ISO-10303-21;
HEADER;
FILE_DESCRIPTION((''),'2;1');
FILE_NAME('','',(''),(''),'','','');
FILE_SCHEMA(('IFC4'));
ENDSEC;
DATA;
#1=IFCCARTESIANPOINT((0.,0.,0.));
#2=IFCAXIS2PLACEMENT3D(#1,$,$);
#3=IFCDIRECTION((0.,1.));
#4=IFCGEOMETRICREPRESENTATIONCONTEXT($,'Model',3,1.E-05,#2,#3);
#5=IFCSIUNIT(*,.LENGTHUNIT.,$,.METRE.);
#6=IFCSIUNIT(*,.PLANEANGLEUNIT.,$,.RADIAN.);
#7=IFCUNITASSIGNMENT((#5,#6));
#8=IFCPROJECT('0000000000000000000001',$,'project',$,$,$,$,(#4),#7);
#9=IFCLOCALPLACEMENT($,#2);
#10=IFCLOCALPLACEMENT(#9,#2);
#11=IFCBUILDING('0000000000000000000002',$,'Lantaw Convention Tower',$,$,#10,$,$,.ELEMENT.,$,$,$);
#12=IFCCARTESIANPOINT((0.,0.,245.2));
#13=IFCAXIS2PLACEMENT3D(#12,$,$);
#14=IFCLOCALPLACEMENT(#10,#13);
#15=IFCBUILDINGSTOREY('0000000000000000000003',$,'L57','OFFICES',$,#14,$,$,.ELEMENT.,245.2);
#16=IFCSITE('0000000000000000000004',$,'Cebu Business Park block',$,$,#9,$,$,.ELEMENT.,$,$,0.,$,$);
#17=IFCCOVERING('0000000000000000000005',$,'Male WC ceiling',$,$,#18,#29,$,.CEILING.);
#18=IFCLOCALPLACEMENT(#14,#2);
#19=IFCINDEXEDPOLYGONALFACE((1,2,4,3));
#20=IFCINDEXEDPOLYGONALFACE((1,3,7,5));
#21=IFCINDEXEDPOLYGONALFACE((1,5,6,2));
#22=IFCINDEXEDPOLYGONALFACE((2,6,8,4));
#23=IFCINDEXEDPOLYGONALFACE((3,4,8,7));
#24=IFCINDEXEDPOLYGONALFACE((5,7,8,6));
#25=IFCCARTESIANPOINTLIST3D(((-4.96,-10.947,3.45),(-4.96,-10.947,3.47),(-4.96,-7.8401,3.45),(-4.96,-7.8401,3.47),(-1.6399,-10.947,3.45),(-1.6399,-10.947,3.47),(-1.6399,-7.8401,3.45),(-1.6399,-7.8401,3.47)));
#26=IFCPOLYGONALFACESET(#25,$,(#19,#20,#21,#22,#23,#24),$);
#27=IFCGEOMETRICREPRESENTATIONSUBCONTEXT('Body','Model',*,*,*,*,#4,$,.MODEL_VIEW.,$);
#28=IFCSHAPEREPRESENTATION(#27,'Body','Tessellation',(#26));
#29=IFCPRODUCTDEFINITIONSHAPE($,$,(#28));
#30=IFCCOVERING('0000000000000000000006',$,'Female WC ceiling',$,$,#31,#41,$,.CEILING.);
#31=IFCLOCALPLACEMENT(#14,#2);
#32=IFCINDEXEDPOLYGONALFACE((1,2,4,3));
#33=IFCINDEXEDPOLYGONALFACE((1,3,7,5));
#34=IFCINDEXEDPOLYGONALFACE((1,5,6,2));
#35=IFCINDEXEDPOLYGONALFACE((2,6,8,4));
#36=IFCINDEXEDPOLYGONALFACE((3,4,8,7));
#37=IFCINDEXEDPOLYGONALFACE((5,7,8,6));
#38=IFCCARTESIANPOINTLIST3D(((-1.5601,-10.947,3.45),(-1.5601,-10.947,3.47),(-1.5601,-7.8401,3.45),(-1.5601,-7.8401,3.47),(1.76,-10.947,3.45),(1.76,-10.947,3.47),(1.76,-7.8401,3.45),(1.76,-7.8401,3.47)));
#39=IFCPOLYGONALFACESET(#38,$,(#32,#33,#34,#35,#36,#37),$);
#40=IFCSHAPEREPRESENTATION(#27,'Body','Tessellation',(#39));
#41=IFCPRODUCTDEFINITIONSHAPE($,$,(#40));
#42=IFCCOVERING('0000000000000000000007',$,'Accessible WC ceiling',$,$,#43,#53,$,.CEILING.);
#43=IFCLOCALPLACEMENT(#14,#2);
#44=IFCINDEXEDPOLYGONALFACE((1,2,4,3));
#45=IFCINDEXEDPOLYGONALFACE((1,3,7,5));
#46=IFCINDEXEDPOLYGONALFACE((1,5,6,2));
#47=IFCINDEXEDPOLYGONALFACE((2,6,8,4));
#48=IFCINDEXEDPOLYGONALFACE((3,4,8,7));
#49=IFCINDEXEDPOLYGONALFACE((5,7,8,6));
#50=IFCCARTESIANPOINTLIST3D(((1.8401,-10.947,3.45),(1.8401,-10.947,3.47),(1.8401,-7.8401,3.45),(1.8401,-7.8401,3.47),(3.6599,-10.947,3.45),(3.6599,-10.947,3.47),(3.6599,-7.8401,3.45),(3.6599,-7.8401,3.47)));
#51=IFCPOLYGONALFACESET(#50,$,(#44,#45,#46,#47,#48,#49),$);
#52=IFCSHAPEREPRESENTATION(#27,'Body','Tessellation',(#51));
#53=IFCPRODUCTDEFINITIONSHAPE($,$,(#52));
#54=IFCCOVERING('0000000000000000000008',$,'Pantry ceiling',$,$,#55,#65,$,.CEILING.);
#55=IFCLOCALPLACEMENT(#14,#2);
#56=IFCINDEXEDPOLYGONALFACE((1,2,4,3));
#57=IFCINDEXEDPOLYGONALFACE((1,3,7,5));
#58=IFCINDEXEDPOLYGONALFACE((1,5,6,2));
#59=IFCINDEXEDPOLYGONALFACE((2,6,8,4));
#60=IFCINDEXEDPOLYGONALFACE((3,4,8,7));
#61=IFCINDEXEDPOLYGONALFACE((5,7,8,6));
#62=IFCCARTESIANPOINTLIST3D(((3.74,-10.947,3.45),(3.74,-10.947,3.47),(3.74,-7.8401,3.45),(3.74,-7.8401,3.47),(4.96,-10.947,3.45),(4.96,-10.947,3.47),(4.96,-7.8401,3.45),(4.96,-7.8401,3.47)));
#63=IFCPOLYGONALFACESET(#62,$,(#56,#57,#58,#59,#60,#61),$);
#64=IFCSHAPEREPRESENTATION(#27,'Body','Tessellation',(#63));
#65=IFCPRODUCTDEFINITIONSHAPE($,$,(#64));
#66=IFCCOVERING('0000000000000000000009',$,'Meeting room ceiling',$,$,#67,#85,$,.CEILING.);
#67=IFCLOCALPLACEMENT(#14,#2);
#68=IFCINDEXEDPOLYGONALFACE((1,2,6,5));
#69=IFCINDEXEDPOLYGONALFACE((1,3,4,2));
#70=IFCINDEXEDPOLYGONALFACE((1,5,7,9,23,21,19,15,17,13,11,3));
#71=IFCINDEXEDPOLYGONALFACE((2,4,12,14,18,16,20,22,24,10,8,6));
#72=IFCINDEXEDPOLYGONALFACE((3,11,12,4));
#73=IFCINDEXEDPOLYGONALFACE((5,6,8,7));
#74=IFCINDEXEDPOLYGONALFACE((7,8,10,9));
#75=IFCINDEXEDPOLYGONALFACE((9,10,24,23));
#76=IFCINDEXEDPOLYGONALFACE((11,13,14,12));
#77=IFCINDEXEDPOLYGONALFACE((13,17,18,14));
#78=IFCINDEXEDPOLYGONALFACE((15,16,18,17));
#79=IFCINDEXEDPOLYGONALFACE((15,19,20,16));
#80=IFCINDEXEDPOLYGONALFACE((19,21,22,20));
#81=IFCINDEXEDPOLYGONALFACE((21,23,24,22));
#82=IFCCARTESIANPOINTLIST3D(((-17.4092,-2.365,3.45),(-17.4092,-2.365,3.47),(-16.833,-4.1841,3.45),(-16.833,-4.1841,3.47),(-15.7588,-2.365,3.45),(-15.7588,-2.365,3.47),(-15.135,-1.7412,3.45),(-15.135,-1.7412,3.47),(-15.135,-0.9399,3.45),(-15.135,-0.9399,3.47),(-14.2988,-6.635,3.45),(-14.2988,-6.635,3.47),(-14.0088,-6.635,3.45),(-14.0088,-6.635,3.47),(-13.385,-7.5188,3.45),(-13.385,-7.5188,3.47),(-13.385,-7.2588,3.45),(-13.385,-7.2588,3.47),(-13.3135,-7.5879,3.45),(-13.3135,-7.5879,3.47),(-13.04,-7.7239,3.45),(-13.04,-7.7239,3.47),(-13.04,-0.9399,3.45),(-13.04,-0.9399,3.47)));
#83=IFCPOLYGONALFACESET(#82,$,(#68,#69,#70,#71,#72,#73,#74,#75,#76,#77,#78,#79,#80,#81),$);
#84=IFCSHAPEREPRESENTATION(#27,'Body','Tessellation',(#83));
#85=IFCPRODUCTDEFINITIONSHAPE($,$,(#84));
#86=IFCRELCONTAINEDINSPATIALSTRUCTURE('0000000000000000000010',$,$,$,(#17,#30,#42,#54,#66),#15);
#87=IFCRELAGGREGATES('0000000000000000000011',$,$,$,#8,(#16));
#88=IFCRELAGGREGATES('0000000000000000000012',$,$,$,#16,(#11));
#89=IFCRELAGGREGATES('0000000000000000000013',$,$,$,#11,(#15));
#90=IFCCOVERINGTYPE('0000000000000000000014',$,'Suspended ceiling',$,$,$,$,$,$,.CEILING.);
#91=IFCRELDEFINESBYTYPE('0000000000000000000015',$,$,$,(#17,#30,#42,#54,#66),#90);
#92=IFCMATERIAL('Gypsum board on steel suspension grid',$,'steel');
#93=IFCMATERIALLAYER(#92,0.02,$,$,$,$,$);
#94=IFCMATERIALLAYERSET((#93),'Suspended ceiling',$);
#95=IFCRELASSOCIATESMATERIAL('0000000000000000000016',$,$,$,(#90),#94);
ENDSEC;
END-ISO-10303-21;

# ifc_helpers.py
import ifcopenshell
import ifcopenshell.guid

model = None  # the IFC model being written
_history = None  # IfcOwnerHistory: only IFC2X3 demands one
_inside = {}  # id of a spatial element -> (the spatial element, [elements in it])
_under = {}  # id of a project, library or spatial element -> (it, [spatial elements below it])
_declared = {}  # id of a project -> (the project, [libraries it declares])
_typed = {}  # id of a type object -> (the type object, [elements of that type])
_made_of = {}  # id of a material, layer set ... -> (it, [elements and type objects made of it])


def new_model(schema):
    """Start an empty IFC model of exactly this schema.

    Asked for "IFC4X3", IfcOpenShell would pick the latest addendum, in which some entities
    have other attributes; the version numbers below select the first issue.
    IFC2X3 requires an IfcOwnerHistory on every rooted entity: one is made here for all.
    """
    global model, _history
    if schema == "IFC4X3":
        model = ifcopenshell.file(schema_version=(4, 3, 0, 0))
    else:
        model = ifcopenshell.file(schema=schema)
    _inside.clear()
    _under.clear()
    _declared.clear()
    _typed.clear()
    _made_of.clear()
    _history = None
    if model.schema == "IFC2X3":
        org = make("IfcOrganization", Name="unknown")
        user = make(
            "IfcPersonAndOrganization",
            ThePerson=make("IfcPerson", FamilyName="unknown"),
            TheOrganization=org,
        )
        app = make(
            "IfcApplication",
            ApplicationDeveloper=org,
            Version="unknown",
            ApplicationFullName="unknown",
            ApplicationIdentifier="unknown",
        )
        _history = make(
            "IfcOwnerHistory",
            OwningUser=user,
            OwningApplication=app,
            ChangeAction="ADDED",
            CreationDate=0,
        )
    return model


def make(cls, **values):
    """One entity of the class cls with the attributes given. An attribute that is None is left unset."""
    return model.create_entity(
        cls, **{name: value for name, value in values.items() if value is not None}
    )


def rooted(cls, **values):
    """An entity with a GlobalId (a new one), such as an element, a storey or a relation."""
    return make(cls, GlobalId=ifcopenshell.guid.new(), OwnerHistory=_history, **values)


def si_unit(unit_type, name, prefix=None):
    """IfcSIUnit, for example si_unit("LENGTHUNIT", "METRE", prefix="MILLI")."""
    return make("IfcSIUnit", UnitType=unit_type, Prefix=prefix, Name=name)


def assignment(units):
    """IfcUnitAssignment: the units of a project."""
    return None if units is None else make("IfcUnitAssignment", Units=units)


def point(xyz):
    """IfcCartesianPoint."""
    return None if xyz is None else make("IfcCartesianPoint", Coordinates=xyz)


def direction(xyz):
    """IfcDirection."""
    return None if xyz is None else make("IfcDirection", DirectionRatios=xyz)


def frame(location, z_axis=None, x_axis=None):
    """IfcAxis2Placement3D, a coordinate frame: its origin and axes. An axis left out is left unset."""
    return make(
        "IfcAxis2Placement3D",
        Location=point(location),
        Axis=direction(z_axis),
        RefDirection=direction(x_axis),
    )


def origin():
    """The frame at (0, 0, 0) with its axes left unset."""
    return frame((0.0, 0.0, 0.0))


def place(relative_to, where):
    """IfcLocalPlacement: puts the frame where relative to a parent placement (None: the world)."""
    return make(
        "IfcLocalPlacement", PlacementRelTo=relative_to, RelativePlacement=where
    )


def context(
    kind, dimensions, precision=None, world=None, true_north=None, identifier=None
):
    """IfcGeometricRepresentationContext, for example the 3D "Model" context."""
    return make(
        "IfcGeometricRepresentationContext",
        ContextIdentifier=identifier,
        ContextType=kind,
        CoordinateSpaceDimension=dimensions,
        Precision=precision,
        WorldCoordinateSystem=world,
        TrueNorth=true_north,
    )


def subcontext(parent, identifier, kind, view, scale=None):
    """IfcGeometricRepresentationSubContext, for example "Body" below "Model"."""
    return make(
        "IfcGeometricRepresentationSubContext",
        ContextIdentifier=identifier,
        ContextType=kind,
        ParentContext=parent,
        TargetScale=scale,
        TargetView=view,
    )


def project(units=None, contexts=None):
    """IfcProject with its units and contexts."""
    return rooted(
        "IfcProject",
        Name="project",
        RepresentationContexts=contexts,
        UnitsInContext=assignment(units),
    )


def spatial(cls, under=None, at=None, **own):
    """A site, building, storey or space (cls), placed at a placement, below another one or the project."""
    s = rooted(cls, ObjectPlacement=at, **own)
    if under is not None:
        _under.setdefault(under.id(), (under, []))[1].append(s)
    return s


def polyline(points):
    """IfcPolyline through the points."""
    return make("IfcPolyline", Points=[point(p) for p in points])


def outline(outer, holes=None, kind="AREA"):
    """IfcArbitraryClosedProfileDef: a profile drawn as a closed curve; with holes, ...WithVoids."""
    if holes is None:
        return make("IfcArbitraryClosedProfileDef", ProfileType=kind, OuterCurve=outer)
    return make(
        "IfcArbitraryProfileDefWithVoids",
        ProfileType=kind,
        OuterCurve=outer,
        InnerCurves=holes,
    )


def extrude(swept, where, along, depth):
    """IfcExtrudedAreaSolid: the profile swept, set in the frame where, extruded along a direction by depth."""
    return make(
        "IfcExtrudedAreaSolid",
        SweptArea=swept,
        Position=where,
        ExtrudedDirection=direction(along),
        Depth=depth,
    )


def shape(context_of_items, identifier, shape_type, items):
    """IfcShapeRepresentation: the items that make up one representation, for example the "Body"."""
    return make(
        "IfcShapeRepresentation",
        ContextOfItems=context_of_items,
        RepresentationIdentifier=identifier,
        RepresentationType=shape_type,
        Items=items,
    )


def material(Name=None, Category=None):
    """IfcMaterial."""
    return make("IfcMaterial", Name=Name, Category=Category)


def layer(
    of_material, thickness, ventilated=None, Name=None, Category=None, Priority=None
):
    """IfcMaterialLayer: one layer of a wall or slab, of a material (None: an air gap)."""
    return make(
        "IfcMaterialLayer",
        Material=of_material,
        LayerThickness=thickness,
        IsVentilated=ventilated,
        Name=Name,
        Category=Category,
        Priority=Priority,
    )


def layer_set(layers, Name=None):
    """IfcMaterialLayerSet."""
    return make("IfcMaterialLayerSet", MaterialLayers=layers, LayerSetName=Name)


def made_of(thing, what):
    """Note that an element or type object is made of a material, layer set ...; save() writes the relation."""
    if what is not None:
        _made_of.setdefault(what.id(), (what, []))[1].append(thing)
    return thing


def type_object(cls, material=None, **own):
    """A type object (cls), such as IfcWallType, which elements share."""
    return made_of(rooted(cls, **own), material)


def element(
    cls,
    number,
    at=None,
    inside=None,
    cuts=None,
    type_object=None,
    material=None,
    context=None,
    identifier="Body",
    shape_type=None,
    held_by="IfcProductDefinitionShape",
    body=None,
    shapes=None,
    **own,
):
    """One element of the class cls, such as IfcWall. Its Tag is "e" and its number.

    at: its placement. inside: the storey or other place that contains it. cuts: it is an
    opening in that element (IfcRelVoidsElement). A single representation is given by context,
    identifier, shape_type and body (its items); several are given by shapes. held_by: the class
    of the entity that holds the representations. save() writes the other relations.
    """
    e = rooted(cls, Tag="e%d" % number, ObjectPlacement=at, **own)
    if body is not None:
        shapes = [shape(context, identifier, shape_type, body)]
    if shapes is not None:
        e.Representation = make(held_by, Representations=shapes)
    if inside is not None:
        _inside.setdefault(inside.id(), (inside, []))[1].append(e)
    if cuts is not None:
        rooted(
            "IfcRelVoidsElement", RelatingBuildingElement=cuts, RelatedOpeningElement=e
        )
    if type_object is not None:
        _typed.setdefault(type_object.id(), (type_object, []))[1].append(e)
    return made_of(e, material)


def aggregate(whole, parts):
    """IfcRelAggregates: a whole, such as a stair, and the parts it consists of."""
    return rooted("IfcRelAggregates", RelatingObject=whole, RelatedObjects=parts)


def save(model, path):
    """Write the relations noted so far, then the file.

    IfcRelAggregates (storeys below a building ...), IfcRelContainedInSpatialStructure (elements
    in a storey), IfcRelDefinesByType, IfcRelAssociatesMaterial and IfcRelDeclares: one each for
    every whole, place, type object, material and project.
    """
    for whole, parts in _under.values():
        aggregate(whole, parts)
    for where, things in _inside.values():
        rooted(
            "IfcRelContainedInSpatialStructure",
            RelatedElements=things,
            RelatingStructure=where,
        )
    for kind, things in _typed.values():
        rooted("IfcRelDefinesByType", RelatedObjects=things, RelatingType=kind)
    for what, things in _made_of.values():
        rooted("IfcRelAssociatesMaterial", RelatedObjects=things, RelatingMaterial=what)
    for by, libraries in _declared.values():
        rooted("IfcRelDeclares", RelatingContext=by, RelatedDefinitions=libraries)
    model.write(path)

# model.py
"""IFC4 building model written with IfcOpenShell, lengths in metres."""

from ifc_helpers import new_model, si_unit, direction, frame, origin, place, context, subcontext, project, spatial, polyline, outline, extrude, material, layer, layer_set, type_object, element, save


model = new_model("IFC4")

# Units and contexts
model_context = context("Model", 3, precision=1e-05, world=origin(), true_north=direction((0.0, 1.0)))
body_context = subcontext(model_context, "Body", "Model", "MODEL_VIEW")
ifc_project = project(units=[si_unit("LENGTHUNIT", "METRE"), si_unit("PLANEANGLEUNIT", "RADIAN")], contexts=[model_context])

# Site, building, storey
site_placement = place(None, origin())
site = spatial("IfcSite", under=ifc_project, at=site_placement, Name="Cebu Business Park block", CompositionType="ELEMENT", RefElevation=0.0)
building_placement = place(site_placement, origin())
building = spatial("IfcBuilding", under=site, at=building_placement, Name="Lantaw Convention Tower", CompositionType="ELEMENT")
storey_placement = place(building_placement, frame((0.0, 0.0, 245.2)))
storey = spatial("IfcBuildingStorey", under=building, at=storey_placement, Name="L57", Description="OFFICES", CompositionType="ELEMENT", Elevation=245.2)

# Coverings
ifc_material_1 = material(Name="Gypsum board on steel suspension grid", Category="steel")
ifc_layer_1 = layer(ifc_material_1, 0.02)
ifc_layer_set_1 = layer_set([ifc_layer_1], Name="Suspended ceiling")
covering_type = type_object("IfcCoveringType", Name="Suspended ceiling", PredefinedType="CEILING", material=ifc_layer_set_1)
covering_1_placement = place(storey_placement, frame((0.0, 0.0, 3.45)))
element("IfcCovering", 1, at=covering_1_placement, inside=storey, type_object=covering_type, Name="Male WC ceiling", PredefinedType="CEILING", context=body_context, shape_type="SweptSolid", body=[
    extrude(outline(polyline([(-4.96, -10.947), (-1.6399, -10.947), (-1.6399, -7.8401), (-4.96, -7.8401), (-4.96, -10.947)])), origin(), (0.0, 0.0, 1.0), 0.02),
])
covering_2_placement = place(storey_placement, frame((0.0, 0.0, 3.45)))
element("IfcCovering", 2, at=covering_2_placement, inside=storey, type_object=covering_type, Name="Female WC ceiling", PredefinedType="CEILING", context=body_context, shape_type="SweptSolid", body=[
    extrude(outline(polyline([(-1.5601, -10.947), (1.76, -10.947), (1.76, -7.8401), (-1.5601, -7.8401), (-1.5601, -10.947)])), origin(), (0.0, 0.0, 1.0), 0.02),
])
covering_3_placement = place(storey_placement, frame((0.0, 0.0, 3.45)))
element("IfcCovering", 3, at=covering_3_placement, inside=storey, type_object=covering_type, Name="Accessible WC ceiling", PredefinedType="CEILING", context=body_context, shape_type="SweptSolid", body=[
    extrude(outline(polyline([(1.8401, -10.947), (3.6599, -10.947), (3.6599, -7.8401), (1.8401, -7.8401), (1.8401, -10.947)])), origin(), (0.0, 0.0, 1.0), 0.02),
])
covering_4_placement = place(storey_placement, frame((0.0, 0.0, 3.45)))
element("IfcCovering", 4, at=covering_4_placement, inside=storey, type_object=covering_type, Name="Pantry ceiling", PredefinedType="CEILING", context=body_context, shape_type="SweptSolid", body=[
    extrude(outline(polyline([(3.74, -10.947), (4.96, -10.947), (4.96, -7.8401), (3.74, -7.8401), (3.74, -10.947)])), origin(), (0.0, 0.0, 1.0), 0.02),
])
covering_5_placement = place(storey_placement, frame((0.0, 0.0, 3.45)))
element("IfcCovering", 5, at=covering_5_placement, inside=storey, type_object=covering_type, Name="Meeting room ceiling", PredefinedType="CEILING", context=body_context, shape_type="SweptSolid", body=[
    extrude(outline(polyline([(-13.385, -7.5188), (-13.3135, -7.5879), (-13.04, -7.7239), (-13.04, -0.9399), (-15.135, -0.9399), (-15.135, -1.7412), (-15.7588, -2.365), (-17.4092, -2.365), (-16.833, -4.1841), (-14.2988, -6.635), (-14.0088, -6.635), (-13.385, -7.2588), (-13.385, -7.5188)])), origin(), (0.0, 0.0, 1.0), 0.02),
])

save(model, "model.ifc")
